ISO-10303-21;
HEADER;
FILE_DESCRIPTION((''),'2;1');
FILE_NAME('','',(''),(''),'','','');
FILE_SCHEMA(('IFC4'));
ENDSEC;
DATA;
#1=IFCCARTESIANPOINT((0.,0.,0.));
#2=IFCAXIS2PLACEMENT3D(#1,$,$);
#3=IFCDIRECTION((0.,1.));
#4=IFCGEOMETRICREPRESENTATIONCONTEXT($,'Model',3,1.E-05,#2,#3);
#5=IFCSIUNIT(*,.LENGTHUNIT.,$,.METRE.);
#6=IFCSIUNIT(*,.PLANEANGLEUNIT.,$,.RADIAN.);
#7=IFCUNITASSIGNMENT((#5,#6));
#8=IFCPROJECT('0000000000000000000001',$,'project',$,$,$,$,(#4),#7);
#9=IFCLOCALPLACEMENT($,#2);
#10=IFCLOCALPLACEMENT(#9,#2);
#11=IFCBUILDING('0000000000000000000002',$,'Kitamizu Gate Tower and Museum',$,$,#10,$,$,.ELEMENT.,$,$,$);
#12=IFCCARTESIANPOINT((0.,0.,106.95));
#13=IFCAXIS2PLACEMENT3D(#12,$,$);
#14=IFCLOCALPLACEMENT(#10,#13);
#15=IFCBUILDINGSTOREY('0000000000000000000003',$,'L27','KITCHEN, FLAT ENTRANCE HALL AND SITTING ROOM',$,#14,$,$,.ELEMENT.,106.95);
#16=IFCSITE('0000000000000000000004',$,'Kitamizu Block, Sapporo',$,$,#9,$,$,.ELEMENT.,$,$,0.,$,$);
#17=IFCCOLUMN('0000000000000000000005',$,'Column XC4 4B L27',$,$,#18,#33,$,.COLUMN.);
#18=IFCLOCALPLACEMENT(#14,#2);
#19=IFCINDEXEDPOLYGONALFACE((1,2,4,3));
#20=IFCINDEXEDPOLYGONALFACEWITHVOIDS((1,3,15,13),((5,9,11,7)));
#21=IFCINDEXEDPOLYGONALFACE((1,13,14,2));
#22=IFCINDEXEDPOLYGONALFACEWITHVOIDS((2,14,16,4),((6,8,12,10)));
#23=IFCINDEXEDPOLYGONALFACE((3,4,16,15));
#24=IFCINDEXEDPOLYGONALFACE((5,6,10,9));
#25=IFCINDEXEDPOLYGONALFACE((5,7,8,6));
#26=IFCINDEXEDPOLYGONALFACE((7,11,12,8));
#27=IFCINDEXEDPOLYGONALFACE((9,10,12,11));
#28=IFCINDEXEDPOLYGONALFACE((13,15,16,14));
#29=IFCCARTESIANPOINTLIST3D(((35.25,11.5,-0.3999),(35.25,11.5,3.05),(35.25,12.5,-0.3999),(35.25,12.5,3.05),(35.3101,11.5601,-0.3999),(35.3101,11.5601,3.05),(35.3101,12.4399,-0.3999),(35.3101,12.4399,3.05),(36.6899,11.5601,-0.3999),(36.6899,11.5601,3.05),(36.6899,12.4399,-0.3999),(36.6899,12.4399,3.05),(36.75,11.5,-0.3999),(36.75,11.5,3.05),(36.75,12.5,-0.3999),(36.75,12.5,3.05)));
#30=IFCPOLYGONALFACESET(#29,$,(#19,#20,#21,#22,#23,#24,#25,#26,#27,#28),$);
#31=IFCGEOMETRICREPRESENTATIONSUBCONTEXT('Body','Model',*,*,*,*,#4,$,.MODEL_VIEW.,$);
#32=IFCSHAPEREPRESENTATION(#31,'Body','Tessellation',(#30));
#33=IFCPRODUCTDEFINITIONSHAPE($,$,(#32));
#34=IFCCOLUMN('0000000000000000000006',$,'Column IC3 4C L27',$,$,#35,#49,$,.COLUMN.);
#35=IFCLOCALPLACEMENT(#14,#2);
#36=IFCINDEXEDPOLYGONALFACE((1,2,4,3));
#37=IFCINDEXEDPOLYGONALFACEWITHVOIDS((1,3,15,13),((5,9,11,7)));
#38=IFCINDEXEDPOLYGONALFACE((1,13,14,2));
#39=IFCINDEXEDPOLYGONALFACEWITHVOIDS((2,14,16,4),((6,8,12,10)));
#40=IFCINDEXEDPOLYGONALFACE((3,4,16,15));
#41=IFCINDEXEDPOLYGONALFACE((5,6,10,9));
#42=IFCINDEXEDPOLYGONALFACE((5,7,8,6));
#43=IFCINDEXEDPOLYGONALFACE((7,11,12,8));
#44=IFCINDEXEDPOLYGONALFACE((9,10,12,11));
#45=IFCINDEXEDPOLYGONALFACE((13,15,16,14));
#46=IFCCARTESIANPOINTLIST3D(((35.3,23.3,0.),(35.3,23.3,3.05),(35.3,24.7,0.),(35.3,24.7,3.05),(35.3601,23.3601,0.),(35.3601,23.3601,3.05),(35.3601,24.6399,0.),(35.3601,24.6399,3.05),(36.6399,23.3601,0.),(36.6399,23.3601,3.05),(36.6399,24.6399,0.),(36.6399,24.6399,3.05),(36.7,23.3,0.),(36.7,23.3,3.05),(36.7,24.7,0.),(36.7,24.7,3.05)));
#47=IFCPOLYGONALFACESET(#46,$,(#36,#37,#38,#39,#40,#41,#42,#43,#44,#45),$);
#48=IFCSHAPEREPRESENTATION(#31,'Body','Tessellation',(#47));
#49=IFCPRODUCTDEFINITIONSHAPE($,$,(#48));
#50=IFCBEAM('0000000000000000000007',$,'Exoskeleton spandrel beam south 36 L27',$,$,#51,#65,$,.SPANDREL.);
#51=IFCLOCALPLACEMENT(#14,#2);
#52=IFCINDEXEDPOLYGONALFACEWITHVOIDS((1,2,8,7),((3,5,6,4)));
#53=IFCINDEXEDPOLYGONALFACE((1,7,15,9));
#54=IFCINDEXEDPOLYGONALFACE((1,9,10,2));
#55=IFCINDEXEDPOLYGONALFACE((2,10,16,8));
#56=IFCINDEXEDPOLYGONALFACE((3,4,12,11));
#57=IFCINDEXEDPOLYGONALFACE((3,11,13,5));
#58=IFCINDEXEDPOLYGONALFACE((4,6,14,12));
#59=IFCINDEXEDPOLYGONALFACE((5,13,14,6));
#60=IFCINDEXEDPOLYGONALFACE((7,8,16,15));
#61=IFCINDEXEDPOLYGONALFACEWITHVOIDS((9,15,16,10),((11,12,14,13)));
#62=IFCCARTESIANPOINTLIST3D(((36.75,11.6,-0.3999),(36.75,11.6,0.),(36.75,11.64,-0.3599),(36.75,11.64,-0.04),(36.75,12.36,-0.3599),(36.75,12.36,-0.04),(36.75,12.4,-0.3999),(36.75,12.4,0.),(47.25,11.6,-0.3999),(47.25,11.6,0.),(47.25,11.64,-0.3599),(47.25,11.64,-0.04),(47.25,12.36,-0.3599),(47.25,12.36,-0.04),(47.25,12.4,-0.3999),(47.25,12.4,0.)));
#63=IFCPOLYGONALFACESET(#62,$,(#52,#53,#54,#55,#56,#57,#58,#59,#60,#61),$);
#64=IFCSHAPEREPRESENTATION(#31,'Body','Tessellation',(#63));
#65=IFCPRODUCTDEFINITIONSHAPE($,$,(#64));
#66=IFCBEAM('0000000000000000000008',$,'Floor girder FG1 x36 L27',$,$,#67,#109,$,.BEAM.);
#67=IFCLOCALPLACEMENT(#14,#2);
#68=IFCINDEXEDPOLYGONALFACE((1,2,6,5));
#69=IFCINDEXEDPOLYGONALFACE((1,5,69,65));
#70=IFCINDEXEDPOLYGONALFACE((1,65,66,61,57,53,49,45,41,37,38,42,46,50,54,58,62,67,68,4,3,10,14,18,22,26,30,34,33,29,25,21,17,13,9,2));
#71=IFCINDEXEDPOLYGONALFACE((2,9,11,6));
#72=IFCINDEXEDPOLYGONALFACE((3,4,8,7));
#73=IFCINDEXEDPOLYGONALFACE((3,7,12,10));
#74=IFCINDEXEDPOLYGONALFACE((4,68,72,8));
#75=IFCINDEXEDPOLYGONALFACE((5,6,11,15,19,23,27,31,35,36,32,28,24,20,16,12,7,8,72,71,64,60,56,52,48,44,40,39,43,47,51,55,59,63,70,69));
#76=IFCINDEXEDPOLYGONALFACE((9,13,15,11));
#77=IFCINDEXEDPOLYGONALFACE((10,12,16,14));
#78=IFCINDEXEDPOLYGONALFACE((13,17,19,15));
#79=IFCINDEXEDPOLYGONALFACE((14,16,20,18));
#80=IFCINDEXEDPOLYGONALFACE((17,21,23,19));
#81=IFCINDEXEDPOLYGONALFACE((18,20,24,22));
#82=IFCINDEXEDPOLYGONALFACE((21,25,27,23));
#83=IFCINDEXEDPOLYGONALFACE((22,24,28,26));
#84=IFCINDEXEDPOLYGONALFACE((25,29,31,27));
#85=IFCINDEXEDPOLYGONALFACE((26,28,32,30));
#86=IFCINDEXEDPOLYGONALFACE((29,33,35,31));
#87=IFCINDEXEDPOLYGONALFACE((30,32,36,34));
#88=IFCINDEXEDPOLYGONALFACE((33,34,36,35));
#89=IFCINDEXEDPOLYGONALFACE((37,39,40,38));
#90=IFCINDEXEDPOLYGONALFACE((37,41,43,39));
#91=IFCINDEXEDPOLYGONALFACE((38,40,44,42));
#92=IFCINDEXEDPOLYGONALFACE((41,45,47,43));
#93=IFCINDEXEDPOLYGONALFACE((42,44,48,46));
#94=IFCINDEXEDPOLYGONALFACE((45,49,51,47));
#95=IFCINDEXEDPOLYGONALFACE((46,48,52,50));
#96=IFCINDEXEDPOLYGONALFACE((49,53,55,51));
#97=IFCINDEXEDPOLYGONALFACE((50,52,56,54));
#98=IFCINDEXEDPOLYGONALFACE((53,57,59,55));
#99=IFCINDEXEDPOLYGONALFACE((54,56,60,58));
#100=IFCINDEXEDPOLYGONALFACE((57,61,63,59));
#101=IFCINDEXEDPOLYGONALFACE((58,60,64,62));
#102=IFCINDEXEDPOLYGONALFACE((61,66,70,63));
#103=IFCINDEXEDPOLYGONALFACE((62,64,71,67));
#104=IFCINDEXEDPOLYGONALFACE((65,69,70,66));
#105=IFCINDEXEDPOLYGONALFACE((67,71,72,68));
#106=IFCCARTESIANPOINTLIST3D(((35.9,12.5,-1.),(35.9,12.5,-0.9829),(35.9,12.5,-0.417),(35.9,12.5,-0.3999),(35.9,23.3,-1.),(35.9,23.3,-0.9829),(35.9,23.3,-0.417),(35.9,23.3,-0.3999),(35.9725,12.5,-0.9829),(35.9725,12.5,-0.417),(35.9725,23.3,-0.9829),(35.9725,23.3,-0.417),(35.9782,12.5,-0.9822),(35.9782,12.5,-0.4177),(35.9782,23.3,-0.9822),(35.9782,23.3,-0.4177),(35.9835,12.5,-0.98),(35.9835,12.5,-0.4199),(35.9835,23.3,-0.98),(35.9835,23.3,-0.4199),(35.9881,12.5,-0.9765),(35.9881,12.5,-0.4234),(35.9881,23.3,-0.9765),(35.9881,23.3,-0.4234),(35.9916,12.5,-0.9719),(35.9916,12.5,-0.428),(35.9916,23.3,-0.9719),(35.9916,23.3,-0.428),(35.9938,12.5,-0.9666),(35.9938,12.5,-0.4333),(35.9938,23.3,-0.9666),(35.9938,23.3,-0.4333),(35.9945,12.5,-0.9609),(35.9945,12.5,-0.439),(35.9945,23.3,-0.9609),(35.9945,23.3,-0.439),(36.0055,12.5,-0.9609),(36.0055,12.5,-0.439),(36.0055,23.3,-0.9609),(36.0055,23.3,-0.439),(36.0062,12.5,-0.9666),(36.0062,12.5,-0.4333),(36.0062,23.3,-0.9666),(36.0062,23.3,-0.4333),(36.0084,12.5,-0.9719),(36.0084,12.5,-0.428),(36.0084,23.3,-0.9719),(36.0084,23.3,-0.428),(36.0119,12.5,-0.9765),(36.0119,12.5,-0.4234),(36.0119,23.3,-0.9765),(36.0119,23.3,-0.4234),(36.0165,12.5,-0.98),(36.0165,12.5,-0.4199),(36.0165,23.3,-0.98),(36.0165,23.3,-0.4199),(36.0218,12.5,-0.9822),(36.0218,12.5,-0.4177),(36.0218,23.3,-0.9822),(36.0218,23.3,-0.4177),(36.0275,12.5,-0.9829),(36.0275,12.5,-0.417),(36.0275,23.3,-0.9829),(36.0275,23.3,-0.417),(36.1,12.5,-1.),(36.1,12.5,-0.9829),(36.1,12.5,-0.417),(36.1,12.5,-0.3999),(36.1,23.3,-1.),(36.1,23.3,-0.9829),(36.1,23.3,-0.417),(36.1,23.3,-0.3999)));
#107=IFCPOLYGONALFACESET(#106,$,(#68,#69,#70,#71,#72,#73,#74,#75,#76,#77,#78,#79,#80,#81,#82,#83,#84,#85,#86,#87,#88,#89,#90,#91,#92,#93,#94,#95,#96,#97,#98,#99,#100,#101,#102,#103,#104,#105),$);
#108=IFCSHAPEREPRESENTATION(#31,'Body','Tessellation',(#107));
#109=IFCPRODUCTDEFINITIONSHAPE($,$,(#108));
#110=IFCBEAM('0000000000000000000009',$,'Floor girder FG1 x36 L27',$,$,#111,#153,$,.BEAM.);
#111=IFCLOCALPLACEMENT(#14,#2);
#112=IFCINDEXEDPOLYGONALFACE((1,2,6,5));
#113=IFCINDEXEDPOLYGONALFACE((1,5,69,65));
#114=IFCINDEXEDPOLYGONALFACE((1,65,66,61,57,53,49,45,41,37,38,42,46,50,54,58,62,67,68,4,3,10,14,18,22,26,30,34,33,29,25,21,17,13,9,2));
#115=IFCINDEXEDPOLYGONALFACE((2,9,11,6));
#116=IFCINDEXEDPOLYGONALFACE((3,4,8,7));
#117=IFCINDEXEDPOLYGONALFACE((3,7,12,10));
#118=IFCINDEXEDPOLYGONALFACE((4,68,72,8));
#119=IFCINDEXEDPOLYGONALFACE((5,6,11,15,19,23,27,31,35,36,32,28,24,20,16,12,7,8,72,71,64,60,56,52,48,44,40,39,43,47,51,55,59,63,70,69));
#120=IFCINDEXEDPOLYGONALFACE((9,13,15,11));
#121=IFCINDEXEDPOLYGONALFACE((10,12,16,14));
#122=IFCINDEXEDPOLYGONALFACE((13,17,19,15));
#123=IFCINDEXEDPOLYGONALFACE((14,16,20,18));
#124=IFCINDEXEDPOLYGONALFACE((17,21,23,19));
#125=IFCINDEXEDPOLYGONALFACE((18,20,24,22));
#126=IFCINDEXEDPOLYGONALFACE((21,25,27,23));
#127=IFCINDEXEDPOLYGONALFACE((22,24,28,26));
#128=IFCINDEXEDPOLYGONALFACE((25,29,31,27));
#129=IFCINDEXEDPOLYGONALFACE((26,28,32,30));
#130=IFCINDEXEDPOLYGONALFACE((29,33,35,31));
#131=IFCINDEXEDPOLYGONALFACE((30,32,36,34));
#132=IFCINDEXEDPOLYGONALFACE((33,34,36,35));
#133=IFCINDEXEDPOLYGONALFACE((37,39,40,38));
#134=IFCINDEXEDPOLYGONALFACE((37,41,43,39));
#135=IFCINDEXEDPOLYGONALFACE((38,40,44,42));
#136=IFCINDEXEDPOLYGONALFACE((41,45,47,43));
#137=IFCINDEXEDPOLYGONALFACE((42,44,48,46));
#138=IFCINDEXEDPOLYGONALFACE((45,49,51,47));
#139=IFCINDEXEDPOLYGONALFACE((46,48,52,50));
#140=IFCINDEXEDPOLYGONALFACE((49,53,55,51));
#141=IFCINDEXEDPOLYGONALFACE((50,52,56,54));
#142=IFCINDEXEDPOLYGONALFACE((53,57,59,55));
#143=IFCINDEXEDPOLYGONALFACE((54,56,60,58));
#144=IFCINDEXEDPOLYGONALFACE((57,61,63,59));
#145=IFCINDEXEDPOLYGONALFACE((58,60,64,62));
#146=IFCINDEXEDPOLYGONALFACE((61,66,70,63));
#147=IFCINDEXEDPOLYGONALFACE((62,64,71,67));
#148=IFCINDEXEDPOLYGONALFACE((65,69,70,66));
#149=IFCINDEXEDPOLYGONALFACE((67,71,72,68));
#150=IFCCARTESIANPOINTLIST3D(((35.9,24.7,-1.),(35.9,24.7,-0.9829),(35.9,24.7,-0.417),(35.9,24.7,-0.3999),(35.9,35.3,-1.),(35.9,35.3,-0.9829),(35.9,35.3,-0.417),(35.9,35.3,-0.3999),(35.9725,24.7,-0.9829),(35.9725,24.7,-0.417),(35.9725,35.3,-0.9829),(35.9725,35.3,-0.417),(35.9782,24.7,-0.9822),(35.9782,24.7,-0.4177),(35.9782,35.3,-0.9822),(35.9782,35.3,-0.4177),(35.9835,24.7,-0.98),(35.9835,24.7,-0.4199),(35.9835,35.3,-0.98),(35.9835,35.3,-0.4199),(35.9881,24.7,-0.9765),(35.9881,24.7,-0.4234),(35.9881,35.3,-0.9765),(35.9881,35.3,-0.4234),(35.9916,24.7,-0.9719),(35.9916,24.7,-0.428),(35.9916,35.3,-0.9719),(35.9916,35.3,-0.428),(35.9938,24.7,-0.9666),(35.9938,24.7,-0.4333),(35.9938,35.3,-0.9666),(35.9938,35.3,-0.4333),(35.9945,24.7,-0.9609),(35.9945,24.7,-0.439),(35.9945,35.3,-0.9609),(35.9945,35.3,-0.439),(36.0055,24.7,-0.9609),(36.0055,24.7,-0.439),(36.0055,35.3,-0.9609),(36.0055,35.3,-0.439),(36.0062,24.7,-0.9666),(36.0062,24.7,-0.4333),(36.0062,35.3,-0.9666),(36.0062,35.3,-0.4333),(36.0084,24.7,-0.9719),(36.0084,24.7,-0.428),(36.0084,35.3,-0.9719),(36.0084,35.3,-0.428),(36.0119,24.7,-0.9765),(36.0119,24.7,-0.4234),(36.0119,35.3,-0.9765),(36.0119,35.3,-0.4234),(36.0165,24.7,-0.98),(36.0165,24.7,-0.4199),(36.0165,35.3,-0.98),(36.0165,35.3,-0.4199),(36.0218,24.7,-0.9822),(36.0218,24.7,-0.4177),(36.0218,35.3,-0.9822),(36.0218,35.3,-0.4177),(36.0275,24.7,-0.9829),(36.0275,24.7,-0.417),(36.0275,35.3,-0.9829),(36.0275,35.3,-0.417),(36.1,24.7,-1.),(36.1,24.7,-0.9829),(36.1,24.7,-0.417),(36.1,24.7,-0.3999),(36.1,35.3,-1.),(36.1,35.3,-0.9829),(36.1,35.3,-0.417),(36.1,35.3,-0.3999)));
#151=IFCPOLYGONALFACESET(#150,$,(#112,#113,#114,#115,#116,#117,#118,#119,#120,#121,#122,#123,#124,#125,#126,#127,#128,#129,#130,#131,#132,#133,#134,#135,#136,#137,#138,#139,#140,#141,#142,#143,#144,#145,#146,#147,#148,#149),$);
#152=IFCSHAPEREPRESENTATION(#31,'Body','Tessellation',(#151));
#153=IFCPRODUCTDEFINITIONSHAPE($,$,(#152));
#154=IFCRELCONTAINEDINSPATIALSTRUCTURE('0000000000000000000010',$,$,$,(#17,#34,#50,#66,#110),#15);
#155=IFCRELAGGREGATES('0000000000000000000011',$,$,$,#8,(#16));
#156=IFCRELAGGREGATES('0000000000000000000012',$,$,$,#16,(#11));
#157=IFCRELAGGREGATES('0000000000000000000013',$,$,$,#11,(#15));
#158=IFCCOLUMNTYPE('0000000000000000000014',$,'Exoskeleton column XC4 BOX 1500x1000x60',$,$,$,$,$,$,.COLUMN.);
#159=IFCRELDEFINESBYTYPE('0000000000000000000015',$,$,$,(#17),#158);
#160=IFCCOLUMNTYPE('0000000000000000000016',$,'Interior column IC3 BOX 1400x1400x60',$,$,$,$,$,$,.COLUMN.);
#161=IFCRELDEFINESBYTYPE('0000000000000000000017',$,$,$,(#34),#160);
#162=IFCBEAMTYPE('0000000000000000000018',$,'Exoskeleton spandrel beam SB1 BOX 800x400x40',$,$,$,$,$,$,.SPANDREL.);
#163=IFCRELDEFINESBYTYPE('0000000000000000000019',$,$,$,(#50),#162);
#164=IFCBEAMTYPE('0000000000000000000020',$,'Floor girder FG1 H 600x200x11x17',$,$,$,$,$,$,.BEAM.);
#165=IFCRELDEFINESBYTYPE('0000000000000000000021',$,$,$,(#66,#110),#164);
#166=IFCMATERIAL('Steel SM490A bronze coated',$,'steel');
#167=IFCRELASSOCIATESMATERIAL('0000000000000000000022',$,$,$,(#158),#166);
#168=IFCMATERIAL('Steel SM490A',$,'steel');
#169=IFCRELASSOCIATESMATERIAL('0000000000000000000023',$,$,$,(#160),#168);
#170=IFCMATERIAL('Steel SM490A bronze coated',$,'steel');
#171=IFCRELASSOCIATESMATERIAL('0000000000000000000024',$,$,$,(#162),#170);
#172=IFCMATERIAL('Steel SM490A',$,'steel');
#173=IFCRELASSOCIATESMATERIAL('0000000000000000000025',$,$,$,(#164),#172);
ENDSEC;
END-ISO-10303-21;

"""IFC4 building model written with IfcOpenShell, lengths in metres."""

from ifc_helpers import new_model, si_unit, direction, frame, origin, origin_2d, place, context, subcontext, project, spatial, hollow_rectangle, i_section, extrude, material, material_profile, profile_set, type_object, element, save


model = new_model("IFC4")

# Units and contexts
model_context = context("Model", 3, precision=1e-05, world=origin(), true_north=direction((0.0, 1.0)))
body_context = subcontext(model_context, "Body", "Model", "MODEL_VIEW")
ifc_project = project(units=[si_unit("LENGTHUNIT", "METRE"), si_unit("PLANEANGLEUNIT", "RADIAN")], contexts=[model_context])

# Site, building, storey
site_placement = place(None, origin())
site = spatial("IfcSite", under=ifc_project, at=site_placement, Name="Kitamizu Block, Sapporo", CompositionType="ELEMENT", RefElevation=0.0)
building_placement = place(site_placement, origin())
building = spatial("IfcBuilding", under=site, at=building_placement, Name="Kitamizu Gate Tower and Museum", CompositionType="ELEMENT")
storey_placement = place(building_placement, frame((0.0, 0.0, 106.95)))
storey = spatial("IfcBuildingStorey", under=building, at=storey_placement, Name="L27", Description="KITCHEN, FLAT ENTRANCE HALL AND SITTING ROOM", CompositionType="ELEMENT", Elevation=106.95)

# Columns
ifc_material_1 = material(Name="Steel SM490A bronze coated", Category="steel")
ifc_material_profile_1 = material_profile(ifc_material_1, hollow_rectangle(XDim=1.5, YDim=1.0, WallThickness=0.0601, at=origin_2d()), Name="BOX 1500x1000x60")
ifc_profile_set_1 = profile_set([ifc_material_profile_1], Name="Steel SM490A bronze coated")
column_type_1 = type_object("IfcColumnType", Name="Exoskeleton column XC4 BOX 1500x1000x60", PredefinedType="COLUMN", material=ifc_profile_set_1)
column_1_placement = place(storey_placement, frame((36.0, 12.0, -0.3999), z_axis=(0.0, 0.0, 1.0), x_axis=(1.0, 0.0, 0.0)))
element("IfcColumn", 1, at=column_1_placement, inside=storey, type_object=column_type_1, Name="Column XC4 4B L27", PredefinedType="COLUMN", context=body_context, shape_type="SweptSolid", body=[
    extrude(hollow_rectangle(XDim=1.5, YDim=1.0, WallThickness=0.0601, at=origin_2d()), origin(), (0.0, 0.0, 1.0), 3.45),
])
ifc_material_2 = material(Name="Steel SM490A", Category="steel")
ifc_material_profile_2 = material_profile(ifc_material_2, hollow_rectangle(XDim=1.3999, YDim=1.3999, WallThickness=0.0601, at=origin_2d()), Name="BOX 1400x1400x60")
ifc_profile_set_2 = profile_set([ifc_material_profile_2], Name="Steel SM490A")
column_type_2 = type_object("IfcColumnType", Name="Interior column IC3 BOX 1400x1400x60", PredefinedType="COLUMN", material=ifc_profile_set_2)
column_2_placement = place(storey_placement, frame((36.0, 24.0, 0.0), z_axis=(0.0, 0.0, 1.0), x_axis=(1.0, 0.0, 0.0)))
element("IfcColumn", 2, at=column_2_placement, inside=storey, type_object=column_type_2, Name="Column IC3 4C L27", PredefinedType="COLUMN", context=body_context, shape_type="SweptSolid", body=[
    extrude(hollow_rectangle(XDim=1.3999, YDim=1.3999, WallThickness=0.0601, at=origin_2d()), origin(), (0.0, 0.0, 1.0), 3.05),
])

# Beams
ifc_material_3 = material(Name="Steel SM490A bronze coated", Category="steel")
ifc_material_profile_3 = material_profile(ifc_material_3, hollow_rectangle(XDim=0.8, YDim=0.3999, WallThickness=0.04, at=origin_2d()), Name="BOX 800x400x40")
ifc_profile_set_3 = profile_set([ifc_material_profile_3], Name="Steel SM490A bronze coated")
beam_type_1 = type_object("IfcBeamType", Name="Exoskeleton spandrel beam SB1 BOX 800x400x40", PredefinedType="SPANDREL", material=ifc_profile_set_3)
beam_1_placement = place(storey_placement, frame((36.75, 12.0, -0.2), z_axis=(1.0, 0.0, 0.0), x_axis=(0.0, 1.0, 0.0)))
element("IfcBeam", 3, at=beam_1_placement, inside=storey, type_object=beam_type_1, Name="Exoskeleton spandrel beam south 36 L27", PredefinedType="SPANDREL", context=body_context, shape_type="SweptSolid", body=[
    extrude(hollow_rectangle(XDim=0.8, YDim=0.3999, WallThickness=0.04, at=origin_2d()), origin(), (0.0, 0.0, 1.0), 10.5),
])
ifc_material_4 = material(Name="Steel SM490A", Category="steel")
ifc_material_profile_4 = material_profile(ifc_material_4, i_section(OverallWidth=0.2, OverallDepth=0.6001, WebThickness=0.011, FlangeThickness=0.0171, FilletRadius=0.022, at=origin_2d()), Name="H-600x200x11x17")
ifc_profile_set_4 = profile_set([ifc_material_profile_4], Name="Steel SM490A")
beam_type_2 = type_object("IfcBeamType", Name="Floor girder FG1 H 600x200x11x17", PredefinedType="BEAM", material=ifc_profile_set_4)
beam_2_placement = place(storey_placement, frame((36.0, 12.5, -0.7), z_axis=(0.0, 1.0, 0.0), x_axis=(-1.0, 0.0, 0.0)))
element("IfcBeam", 4, at=beam_2_placement, inside=storey, type_object=beam_type_2, Name="Floor girder FG1 x36 L27", PredefinedType="BEAM", context=body_context, shape_type="SweptSolid", body=[
    extrude(i_section(OverallWidth=0.2, OverallDepth=0.6001, WebThickness=0.011, FlangeThickness=0.0171, FilletRadius=0.022, at=origin_2d()), origin(), (0.0, 0.0, 1.0), 10.8),
])
beam_3_placement = place(storey_placement, frame((36.0, 24.7, -0.7), z_axis=(0.0, 1.0, 0.0), x_axis=(-1.0, 0.0, 0.0)))
element("IfcBeam", 5, at=beam_3_placement, inside=storey, type_object=beam_type_2, Name="Floor girder FG1 x36 L27", PredefinedType="BEAM", context=body_context, shape_type="SweptSolid", body=[
    extrude(i_section(OverallWidth=0.2, OverallDepth=0.6001, WebThickness=0.011, FlangeThickness=0.0171, FilletRadius=0.022, at=origin_2d()), origin(), (0.0, 0.0, 1.0), 10.6001),
])

save(model, "model.ifc")
